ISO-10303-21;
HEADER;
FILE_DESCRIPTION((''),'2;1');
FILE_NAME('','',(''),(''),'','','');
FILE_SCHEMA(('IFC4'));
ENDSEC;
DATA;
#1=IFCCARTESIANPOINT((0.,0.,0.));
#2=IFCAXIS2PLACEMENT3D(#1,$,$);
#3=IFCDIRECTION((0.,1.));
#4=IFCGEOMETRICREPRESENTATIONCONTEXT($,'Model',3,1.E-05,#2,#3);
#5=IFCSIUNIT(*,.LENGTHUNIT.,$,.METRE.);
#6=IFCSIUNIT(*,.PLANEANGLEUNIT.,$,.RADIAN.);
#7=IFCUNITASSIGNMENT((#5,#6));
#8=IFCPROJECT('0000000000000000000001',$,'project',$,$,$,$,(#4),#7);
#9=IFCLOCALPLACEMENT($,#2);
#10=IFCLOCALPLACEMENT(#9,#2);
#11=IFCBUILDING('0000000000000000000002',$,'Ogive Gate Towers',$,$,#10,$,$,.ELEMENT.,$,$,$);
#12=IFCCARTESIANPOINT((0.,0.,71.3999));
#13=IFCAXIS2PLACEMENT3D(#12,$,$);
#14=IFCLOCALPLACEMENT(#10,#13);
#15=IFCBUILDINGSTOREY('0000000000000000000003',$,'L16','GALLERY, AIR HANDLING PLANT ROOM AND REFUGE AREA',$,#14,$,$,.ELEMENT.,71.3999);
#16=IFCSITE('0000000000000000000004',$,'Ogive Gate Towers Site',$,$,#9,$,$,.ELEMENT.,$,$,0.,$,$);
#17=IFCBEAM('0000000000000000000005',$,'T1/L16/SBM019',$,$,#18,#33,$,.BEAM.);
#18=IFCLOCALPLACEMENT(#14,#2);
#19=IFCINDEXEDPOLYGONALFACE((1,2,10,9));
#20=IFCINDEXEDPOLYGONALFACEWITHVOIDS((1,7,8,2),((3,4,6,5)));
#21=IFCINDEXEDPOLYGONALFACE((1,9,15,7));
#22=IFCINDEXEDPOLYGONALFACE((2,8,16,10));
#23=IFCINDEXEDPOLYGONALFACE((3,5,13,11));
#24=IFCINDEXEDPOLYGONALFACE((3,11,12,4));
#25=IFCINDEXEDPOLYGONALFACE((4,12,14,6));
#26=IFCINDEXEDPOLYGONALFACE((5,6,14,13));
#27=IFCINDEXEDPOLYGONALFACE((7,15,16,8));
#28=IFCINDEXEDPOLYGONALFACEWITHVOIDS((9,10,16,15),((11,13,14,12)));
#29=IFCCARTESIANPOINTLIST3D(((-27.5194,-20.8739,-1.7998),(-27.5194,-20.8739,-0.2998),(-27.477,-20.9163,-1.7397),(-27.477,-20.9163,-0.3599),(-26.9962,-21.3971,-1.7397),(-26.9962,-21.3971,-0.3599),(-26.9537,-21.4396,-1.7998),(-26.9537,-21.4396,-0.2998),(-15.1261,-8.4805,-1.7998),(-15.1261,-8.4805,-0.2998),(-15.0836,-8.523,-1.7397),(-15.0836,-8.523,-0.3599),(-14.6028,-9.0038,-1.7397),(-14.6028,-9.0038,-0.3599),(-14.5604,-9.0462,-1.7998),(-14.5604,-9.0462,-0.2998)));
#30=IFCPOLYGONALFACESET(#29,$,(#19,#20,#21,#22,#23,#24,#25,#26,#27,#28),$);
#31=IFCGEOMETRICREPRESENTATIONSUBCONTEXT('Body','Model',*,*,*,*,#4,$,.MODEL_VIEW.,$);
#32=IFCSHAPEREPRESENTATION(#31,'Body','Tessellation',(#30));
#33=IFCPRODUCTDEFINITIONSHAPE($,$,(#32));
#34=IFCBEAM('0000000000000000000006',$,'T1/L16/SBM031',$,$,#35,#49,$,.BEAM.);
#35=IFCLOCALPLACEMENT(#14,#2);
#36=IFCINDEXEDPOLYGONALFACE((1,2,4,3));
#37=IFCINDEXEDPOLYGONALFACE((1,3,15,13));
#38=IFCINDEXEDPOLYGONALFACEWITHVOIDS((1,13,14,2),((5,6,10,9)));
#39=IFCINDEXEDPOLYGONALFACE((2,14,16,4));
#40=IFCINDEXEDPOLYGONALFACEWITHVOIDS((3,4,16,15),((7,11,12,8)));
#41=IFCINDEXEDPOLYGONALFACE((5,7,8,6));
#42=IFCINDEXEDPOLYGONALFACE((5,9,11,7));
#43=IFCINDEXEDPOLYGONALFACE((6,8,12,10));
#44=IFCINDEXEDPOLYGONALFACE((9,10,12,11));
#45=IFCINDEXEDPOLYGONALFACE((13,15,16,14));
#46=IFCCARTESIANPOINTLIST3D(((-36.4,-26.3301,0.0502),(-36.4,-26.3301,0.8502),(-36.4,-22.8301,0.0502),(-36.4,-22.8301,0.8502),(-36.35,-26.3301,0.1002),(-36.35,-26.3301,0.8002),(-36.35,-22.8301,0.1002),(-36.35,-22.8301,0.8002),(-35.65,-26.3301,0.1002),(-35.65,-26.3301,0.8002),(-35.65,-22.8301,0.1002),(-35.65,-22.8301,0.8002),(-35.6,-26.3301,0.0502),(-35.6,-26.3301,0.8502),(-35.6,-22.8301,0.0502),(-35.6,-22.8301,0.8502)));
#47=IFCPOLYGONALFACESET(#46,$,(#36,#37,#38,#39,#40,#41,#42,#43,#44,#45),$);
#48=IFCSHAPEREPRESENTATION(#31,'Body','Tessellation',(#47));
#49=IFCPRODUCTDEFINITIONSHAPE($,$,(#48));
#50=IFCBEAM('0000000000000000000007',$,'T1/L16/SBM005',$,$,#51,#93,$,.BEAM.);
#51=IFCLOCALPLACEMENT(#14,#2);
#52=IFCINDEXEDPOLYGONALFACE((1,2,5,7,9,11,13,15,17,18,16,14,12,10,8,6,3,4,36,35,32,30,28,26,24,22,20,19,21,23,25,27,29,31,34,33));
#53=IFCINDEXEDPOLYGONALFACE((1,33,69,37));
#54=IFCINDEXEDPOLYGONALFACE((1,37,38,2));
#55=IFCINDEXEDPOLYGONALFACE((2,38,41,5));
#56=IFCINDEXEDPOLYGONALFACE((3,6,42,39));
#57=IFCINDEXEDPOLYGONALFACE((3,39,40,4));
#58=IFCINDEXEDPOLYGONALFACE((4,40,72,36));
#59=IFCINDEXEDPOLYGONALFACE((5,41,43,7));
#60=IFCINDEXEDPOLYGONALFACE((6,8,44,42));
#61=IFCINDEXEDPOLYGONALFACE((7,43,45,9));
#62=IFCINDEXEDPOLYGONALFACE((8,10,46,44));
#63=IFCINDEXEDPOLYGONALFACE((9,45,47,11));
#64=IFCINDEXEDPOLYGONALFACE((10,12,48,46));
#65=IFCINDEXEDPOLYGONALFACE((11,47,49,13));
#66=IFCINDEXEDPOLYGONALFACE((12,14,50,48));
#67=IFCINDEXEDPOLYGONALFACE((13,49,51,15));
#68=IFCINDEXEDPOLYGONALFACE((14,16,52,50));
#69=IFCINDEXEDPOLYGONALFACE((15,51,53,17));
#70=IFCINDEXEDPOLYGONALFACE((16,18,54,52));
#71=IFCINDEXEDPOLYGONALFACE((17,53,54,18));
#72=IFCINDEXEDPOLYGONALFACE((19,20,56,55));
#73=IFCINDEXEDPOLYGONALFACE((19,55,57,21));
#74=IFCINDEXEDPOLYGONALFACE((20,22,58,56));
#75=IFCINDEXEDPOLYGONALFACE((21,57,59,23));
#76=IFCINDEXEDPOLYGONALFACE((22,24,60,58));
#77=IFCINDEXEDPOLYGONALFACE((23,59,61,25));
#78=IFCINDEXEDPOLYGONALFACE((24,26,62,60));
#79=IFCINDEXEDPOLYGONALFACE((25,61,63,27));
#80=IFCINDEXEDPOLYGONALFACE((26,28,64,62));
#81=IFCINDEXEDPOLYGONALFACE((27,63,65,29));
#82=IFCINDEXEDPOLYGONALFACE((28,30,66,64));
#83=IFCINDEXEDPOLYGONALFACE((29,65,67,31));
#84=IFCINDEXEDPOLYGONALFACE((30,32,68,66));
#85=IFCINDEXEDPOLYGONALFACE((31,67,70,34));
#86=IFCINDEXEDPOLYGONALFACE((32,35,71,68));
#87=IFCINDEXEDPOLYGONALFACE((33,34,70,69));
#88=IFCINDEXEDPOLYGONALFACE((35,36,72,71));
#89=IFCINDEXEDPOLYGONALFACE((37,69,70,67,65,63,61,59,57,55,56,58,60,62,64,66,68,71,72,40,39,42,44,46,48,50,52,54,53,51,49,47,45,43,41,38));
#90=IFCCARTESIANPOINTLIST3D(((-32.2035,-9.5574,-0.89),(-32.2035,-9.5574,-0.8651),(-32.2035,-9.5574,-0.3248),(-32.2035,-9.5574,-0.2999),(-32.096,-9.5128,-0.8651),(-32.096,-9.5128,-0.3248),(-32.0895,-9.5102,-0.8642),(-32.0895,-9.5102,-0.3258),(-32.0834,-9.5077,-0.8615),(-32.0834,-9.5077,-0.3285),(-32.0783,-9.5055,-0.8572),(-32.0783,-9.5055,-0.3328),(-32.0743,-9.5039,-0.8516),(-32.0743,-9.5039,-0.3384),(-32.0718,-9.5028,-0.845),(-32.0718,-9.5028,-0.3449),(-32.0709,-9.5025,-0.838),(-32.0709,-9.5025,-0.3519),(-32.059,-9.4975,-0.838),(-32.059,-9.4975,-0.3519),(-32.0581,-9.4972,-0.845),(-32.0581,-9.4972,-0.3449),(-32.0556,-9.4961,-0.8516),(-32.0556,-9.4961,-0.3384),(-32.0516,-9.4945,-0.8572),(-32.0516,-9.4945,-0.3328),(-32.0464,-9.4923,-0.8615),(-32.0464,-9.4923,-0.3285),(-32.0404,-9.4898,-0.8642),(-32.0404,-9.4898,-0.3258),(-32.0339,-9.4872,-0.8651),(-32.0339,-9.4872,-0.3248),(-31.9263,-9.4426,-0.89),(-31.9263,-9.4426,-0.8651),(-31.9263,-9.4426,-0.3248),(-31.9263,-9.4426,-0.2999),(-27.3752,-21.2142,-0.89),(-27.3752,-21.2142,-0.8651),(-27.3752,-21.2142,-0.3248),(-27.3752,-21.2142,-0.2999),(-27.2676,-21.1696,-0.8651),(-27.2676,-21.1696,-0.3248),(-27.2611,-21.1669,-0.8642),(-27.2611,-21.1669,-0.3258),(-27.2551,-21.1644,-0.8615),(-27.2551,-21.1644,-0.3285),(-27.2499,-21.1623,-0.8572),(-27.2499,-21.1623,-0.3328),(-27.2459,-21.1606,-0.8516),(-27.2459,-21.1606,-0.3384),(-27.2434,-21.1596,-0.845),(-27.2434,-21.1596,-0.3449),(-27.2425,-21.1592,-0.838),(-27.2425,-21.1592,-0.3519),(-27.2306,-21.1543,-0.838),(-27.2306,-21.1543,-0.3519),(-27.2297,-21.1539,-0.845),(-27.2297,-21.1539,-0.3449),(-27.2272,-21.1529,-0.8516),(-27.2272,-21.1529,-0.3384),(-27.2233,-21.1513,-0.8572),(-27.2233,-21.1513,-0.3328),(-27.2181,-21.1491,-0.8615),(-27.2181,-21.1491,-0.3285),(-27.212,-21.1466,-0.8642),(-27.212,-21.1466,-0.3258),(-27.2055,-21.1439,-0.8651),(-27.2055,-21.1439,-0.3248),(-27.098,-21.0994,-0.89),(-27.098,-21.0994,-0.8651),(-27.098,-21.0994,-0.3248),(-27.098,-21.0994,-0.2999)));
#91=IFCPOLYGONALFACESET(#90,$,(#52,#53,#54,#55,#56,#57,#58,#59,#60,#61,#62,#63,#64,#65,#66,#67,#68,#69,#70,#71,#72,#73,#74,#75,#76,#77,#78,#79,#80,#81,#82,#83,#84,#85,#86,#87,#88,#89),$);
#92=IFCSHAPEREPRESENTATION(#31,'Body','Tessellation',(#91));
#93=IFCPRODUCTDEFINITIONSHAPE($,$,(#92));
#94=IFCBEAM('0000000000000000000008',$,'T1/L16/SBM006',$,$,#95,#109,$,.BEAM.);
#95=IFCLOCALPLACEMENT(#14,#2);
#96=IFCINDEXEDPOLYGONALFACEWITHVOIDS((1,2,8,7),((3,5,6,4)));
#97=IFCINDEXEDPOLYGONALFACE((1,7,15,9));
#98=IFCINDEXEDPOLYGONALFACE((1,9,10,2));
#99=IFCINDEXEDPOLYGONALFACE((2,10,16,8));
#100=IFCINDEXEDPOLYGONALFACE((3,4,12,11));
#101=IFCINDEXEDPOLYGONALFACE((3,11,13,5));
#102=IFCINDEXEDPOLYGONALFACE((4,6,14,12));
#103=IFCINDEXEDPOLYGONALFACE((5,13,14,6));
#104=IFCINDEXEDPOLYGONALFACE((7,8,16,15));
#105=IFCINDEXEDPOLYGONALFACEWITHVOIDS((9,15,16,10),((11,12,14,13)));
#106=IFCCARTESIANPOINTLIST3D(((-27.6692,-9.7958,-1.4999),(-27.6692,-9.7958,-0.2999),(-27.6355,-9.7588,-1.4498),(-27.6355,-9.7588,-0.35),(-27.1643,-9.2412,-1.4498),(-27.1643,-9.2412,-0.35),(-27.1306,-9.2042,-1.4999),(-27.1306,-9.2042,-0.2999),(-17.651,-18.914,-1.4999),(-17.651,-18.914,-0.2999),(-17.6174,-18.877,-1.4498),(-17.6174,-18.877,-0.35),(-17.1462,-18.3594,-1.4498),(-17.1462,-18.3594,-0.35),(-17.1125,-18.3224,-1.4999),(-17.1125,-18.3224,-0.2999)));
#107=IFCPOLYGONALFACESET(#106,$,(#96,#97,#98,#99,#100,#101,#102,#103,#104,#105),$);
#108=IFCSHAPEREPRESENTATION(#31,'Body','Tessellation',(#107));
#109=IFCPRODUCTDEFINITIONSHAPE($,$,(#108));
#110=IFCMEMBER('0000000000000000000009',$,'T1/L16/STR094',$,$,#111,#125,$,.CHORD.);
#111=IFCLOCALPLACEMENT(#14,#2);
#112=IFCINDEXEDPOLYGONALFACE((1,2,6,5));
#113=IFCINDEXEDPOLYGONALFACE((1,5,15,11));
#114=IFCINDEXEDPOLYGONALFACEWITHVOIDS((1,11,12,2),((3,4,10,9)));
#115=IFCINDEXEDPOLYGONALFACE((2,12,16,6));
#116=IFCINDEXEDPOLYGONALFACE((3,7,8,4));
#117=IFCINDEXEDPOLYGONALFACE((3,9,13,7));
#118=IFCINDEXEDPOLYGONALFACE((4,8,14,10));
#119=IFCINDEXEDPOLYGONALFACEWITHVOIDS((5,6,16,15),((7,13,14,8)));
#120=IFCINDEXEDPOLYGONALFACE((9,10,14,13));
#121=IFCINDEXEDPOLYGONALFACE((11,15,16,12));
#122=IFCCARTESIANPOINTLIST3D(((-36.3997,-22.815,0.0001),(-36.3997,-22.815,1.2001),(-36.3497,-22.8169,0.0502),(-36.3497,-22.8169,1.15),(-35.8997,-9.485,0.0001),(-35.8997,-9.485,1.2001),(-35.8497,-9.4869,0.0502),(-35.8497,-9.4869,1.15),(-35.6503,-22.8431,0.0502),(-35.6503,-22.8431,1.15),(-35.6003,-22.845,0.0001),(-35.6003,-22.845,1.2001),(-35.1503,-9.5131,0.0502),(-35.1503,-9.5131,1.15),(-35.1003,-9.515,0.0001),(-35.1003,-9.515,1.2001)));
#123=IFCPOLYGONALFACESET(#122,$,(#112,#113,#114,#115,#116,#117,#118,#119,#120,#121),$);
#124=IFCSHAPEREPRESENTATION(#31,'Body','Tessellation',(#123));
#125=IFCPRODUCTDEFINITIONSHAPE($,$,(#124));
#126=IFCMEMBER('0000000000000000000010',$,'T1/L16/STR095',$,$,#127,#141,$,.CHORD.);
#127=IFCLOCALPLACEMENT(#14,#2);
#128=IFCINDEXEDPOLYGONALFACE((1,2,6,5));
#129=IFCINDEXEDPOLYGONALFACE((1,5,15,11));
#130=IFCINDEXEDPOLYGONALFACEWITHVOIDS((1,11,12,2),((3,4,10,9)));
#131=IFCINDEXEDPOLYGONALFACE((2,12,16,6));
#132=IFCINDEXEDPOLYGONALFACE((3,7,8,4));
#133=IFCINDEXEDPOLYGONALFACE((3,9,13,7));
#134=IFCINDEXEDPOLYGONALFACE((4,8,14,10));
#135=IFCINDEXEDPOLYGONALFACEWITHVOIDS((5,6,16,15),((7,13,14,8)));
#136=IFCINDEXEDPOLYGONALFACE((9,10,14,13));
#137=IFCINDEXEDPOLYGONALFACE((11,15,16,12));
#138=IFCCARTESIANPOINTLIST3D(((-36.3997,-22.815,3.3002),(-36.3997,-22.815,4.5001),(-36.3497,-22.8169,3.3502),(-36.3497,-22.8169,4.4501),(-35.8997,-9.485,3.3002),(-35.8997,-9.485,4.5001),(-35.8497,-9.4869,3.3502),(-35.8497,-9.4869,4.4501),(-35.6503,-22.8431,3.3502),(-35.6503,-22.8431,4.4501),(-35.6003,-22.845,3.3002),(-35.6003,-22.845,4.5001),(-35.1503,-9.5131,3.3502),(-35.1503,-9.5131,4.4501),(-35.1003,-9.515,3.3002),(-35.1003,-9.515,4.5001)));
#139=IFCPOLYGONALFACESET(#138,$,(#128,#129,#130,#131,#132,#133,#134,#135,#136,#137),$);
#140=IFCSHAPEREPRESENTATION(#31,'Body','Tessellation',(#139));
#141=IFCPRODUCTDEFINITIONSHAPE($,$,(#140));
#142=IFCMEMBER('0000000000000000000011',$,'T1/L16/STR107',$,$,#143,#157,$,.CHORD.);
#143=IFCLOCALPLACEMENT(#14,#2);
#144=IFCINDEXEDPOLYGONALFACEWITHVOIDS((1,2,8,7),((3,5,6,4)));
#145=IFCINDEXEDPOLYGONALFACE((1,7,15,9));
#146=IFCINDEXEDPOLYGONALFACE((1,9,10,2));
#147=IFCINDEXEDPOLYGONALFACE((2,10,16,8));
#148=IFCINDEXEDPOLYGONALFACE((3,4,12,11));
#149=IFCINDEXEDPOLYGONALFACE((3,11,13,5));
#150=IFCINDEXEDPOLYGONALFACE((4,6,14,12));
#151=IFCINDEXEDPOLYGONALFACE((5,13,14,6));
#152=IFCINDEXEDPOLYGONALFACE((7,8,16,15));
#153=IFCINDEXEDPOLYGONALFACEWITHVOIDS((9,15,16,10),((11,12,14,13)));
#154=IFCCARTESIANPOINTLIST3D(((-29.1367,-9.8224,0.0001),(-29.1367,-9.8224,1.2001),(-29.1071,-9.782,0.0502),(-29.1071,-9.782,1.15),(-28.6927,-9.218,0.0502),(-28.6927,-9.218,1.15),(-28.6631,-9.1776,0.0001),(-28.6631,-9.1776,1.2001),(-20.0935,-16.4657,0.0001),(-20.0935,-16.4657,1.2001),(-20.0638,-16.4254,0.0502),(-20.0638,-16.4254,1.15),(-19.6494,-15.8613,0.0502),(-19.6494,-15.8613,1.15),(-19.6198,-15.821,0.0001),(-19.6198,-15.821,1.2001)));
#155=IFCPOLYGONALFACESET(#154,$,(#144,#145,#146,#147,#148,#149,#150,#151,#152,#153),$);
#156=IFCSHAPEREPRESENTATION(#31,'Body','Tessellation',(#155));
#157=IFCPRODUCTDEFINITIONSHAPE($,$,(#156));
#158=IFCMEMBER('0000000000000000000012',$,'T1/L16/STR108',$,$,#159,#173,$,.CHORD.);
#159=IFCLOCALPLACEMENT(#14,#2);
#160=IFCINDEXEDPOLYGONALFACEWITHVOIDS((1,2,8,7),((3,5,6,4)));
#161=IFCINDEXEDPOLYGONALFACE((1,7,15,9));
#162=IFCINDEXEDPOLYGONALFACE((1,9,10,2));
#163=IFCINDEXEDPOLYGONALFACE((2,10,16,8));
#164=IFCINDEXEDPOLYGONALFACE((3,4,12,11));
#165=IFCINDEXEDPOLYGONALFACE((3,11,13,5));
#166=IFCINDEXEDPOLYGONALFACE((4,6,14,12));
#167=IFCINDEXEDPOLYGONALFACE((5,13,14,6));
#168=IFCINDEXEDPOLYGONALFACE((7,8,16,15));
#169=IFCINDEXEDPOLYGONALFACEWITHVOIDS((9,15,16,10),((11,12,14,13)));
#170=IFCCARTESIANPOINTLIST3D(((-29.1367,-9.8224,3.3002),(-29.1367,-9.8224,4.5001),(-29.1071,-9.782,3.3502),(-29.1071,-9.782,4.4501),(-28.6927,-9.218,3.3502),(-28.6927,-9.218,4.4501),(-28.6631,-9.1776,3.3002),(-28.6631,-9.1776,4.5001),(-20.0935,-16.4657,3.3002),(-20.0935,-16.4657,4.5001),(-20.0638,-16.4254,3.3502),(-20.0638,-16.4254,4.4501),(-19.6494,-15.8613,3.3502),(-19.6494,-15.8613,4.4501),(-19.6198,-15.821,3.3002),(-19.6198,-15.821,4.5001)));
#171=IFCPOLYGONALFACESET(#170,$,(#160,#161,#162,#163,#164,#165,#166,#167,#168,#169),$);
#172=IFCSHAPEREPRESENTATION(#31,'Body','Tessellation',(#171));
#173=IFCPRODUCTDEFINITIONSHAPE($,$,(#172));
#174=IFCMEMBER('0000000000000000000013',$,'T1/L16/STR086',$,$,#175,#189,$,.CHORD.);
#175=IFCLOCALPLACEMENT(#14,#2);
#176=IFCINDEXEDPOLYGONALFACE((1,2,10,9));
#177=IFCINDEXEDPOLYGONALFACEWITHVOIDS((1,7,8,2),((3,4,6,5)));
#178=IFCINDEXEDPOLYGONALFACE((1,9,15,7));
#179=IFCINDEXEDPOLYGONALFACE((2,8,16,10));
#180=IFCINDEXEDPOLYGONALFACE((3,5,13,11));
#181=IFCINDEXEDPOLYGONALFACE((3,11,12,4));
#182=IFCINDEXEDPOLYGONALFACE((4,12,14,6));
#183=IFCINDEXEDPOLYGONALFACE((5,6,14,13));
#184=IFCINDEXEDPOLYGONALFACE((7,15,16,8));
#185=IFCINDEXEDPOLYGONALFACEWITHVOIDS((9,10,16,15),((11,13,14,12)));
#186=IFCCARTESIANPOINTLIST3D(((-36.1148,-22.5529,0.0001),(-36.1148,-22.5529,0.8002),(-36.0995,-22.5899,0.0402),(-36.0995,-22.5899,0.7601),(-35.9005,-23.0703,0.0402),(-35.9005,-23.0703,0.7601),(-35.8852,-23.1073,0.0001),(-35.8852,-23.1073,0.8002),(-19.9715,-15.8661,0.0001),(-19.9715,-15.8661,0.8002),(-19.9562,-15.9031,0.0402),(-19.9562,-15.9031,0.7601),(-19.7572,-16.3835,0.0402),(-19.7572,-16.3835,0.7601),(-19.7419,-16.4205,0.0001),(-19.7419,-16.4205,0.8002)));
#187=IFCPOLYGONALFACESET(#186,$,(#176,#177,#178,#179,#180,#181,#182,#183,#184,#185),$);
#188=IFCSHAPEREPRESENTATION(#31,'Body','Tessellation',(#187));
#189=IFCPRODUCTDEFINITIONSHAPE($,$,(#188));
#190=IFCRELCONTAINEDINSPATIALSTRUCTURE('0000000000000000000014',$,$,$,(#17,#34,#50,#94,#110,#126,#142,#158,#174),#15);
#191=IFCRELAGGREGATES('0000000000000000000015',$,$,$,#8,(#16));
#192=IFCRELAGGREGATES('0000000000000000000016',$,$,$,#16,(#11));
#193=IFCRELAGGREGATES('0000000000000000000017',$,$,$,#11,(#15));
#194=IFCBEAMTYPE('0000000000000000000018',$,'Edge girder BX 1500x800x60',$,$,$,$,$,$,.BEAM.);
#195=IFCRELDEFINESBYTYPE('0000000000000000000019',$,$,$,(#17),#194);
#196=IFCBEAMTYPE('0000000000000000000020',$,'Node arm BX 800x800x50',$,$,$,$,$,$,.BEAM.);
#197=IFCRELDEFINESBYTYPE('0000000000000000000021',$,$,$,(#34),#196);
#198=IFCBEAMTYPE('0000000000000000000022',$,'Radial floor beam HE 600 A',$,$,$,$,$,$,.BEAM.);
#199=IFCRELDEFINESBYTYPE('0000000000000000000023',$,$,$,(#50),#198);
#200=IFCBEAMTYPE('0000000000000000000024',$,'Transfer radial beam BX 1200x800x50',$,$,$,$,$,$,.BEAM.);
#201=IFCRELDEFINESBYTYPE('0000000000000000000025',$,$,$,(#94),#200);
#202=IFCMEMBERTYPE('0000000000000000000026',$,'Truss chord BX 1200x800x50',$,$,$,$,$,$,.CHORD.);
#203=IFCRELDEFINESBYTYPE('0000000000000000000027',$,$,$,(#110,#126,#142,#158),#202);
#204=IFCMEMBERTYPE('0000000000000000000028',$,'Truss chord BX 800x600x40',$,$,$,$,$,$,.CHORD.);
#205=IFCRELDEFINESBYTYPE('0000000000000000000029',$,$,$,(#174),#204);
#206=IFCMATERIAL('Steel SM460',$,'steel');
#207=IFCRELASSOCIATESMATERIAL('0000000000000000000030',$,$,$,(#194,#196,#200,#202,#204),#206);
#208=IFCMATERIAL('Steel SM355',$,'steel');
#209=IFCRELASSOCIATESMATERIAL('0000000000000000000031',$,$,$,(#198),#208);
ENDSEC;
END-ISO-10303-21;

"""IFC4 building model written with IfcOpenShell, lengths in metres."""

from ifc_helpers import new_model, si_unit, direction, frame, origin, origin_2d, place, context, subcontext, project, spatial, hollow_rectangle, i_section, extrude, material, material_profile, profile_set, type_object, element, save


model = new_model("IFC4")

# Units and contexts
model_context = context("Model", 3, precision=1e-05, world=origin(), true_north=direction((0.0, 1.0)))
body_context = subcontext(model_context, "Body", "Model", "MODEL_VIEW")
ifc_project = project(units=[si_unit("LENGTHUNIT", "METRE"), si_unit("PLANEANGLEUNIT", "RADIAN")], contexts=[model_context])

# Site, building, storey
site_placement = place(None, origin())
site = spatial("IfcSite", under=ifc_project, at=site_placement, Name="Ogive Gate Towers Site", CompositionType="ELEMENT", RefElevation=0.0)
building_placement = place(site_placement, origin())
building = spatial("IfcBuilding", under=site, at=building_placement, Name="Ogive Gate Towers", CompositionType="ELEMENT")
storey_placement = place(building_placement, frame((0.0, 0.0, 71.3999)))
storey = spatial("IfcBuildingStorey", under=building, at=storey_placement, Name="L16", Description="GALLERY, AIR HANDLING PLANT ROOM AND REFUGE AREA", CompositionType="ELEMENT", Elevation=71.3999)

# Beams
ifc_material_1 = material(Name="Steel SM460", Category="steel")
ifc_material_profile_1 = material_profile(ifc_material_1, hollow_rectangle(XDim=0.8, YDim=1.5, WallThickness=0.0601, at=origin_2d()), Name="BX 1500x800x60")
ifc_profile_set_1 = profile_set([ifc_material_profile_1], Name="Steel SM460")
beam_type_1 = type_object("IfcBeamType", Name="Edge girder BX 1500x800x60", PredefinedType="BEAM", material=ifc_profile_set_1)
beam_1_placement = place(storey_placement, frame((-27.2366, -21.1567, -1.0498), z_axis=(0.707107, 0.707107, 0.0), x_axis=(-0.707107, 0.707107, 0.0)))
element("IfcBeam", 1, at=beam_1_placement, inside=storey, type_object=beam_type_1, Name="T1/L16/SBM019", PredefinedType="BEAM", context=body_context, shape_type="SweptSolid", body=[
    extrude(hollow_rectangle(XDim=0.8, YDim=1.5, WallThickness=0.0601, at=origin_2d()), origin(), (0.0, 0.0, 1.0), 17.5269),
])
ifc_material_profile_2 = material_profile(ifc_material_1, hollow_rectangle(XDim=0.8, YDim=0.8, WallThickness=0.05, at=origin_2d()), Name="BX 800x800x50")
ifc_profile_set_2 = profile_set([ifc_material_profile_2], Name="Steel SM460")
beam_type_2 = type_object("IfcBeamType", Name="Node arm BX 800x800x50", PredefinedType="BEAM", material=ifc_profile_set_2)
beam_2_placement = place(storey_placement, frame((-36.0, -22.8301, 0.4502), z_axis=(0.0, -1.0, 0.0), x_axis=(1.0, 0.0, 0.0)))
element("IfcBeam", 2, at=beam_2_placement, inside=storey, type_object=beam_type_2, Name="T1/L16/SBM031", PredefinedType="BEAM", context=body_context, shape_type="SweptSolid", body=[
    extrude(hollow_rectangle(XDim=0.8, YDim=0.8, WallThickness=0.05, at=origin_2d()), origin(), (0.0, 0.0, 1.0), 3.5),
])
ifc_material_2 = material(Name="Steel SM355", Category="steel")
ifc_material_profile_3 = material_profile(ifc_material_2, i_section(OverallWidth=0.3, OverallDepth=0.5901, WebThickness=0.0129, FlangeThickness=0.0249, FilletRadius=0.0271, at=origin_2d()), Name="HE 600 A")
ifc_profile_set_3 = profile_set([ifc_material_profile_3], Name="Steel SM355")
beam_type_3 = type_object("IfcBeamType", Name="Radial floor beam HE 600 A", PredefinedType="BEAM", material=ifc_profile_set_3)
beam_3_placement = place(storey_placement, frame((-32.0649, -9.5, -0.595), z_axis=(0.382683, -0.92388, 0.0), x_axis=(0.92388, 0.382683, 0.0)))
element("IfcBeam", 3, at=beam_3_placement, inside=storey, type_object=beam_type_3, Name="T1/L16/SBM005", PredefinedType="BEAM", context=body_context, shape_type="SweptSolid", body=[
    extrude(i_section(OverallWidth=0.3, OverallDepth=0.5901, WebThickness=0.0129, FlangeThickness=0.0249, FilletRadius=0.0271, at=origin_2d()), origin(), (0.0, 0.0, 1.0), 12.6172),
])
ifc_material_profile_4 = material_profile(ifc_material_1, hollow_rectangle(XDim=0.8, YDim=1.2, WallThickness=0.05, at=origin_2d()), Name="BX 1200x800x50")
ifc_profile_set_4 = profile_set([ifc_material_profile_4], Name="Steel SM460")
beam_type_4 = type_object("IfcBeamType", Name="Transfer radial beam BX 1200x800x50", PredefinedType="BEAM", material=ifc_profile_set_4)
beam_4_placement = place(storey_placement, frame((-27.3999, -9.5, -0.8999), z_axis=(0.739542, -0.67311, 0.0), x_axis=(0.67311, 0.739542, 0.0)))
element("IfcBeam", 4, at=beam_4_placement, inside=storey, type_object=beam_type_4, Name="T1/L16/SBM006", PredefinedType="BEAM", context=body_context, shape_type="SweptSolid", body=[
    extrude(hollow_rectangle(XDim=0.8, YDim=1.2, WallThickness=0.05, at=origin_2d()), origin(), (0.0, 0.0, 1.0), 13.5464),
])

# Members
ifc_material_profile_5 = material_profile(ifc_material_1, hollow_rectangle(XDim=0.8, YDim=1.2, WallThickness=0.05, at=origin_2d()), Name="BX 1200x800x50")
ifc_profile_set_5 = profile_set([ifc_material_profile_5], Name="Steel SM460")
member_type_1 = type_object("IfcMemberType", Name="Truss chord BX 1200x800x50", PredefinedType="CHORD", material=ifc_profile_set_5)
for number, where, z_axis, x_axis, name in (
    (5, (-35.5, -9.5, 0.6001), (-0.037483, -0.999297, 0.0), (0.999297, -0.037483, 0.0), "T1/L16/STR094"),
    (6, (-35.5, -9.5, 3.9001), (-0.037483, -0.999297, 0.0), (0.999297, -0.037483, 0.0), "T1/L16/STR095"),
):
    element("IfcMember", number, at=place(storey_placement, frame(where, z_axis=z_axis, x_axis=x_axis)), inside=storey, type_object=member_type_1, Name=name, PredefinedType="CHORD", context=body_context, shape_type="SweptSolid", body=[
        extrude(hollow_rectangle(XDim=0.8, YDim=1.2, WallThickness=0.05, at=origin_2d()), origin(), (0.0, 0.0, 1.0), 13.3394),
    ])
for number, where, z_axis, x_axis, name in (
    (7, (-28.8999, -9.5, 0.6001), (0.805911, -0.592037, 0.0), (0.592037, 0.805911, 0.0), "T1/L16/STR107"),
    (8, (-28.8999, -9.5, 3.9001), (0.805911, -0.592037, 0.0), (0.592037, 0.805911, 0.0), "T1/L16/STR108"),
):
    element("IfcMember", number, at=place(storey_placement, frame(where, z_axis=z_axis, x_axis=x_axis)), inside=storey, type_object=member_type_1, Name=name, PredefinedType="CHORD", context=body_context, shape_type="SweptSolid", body=[
        extrude(hollow_rectangle(XDim=0.8, YDim=1.2, WallThickness=0.05, at=origin_2d()), origin(), (0.0, 0.0, 1.0), 11.2212),
    ])
ifc_material_profile_6 = material_profile(ifc_material_1, hollow_rectangle(XDim=0.6001, YDim=0.8, WallThickness=0.04, at=origin_2d()), Name="BX 800x600x40")
ifc_profile_set_6 = profile_set([ifc_material_profile_6], Name="Steel SM460")
member_type_2 = type_object("IfcMemberType", Name="Truss chord BX 800x600x40", PredefinedType="CHORD", material=ifc_profile_set_6)
for number, where, z_axis, x_axis, name in (
    (9, (-36.0, -22.8301, 0.4001), (0.92388, 0.382683, 0.0), (-0.382683, 0.92388, 0.0), "T1/L16/STR086"),
):
    element("IfcMember", number, at=place(storey_placement, frame(where, z_axis=z_axis, x_axis=x_axis)), inside=storey, type_object=member_type_2, Name=name, PredefinedType="CHORD", context=body_context, shape_type="SweptSolid", body=[
        extrude(hollow_rectangle(XDim=0.6001, YDim=0.8, WallThickness=0.04, at=origin_2d()), origin(), (0.0, 0.0, 1.0), 17.4734),
    ])

save(model, "model.ifc")
